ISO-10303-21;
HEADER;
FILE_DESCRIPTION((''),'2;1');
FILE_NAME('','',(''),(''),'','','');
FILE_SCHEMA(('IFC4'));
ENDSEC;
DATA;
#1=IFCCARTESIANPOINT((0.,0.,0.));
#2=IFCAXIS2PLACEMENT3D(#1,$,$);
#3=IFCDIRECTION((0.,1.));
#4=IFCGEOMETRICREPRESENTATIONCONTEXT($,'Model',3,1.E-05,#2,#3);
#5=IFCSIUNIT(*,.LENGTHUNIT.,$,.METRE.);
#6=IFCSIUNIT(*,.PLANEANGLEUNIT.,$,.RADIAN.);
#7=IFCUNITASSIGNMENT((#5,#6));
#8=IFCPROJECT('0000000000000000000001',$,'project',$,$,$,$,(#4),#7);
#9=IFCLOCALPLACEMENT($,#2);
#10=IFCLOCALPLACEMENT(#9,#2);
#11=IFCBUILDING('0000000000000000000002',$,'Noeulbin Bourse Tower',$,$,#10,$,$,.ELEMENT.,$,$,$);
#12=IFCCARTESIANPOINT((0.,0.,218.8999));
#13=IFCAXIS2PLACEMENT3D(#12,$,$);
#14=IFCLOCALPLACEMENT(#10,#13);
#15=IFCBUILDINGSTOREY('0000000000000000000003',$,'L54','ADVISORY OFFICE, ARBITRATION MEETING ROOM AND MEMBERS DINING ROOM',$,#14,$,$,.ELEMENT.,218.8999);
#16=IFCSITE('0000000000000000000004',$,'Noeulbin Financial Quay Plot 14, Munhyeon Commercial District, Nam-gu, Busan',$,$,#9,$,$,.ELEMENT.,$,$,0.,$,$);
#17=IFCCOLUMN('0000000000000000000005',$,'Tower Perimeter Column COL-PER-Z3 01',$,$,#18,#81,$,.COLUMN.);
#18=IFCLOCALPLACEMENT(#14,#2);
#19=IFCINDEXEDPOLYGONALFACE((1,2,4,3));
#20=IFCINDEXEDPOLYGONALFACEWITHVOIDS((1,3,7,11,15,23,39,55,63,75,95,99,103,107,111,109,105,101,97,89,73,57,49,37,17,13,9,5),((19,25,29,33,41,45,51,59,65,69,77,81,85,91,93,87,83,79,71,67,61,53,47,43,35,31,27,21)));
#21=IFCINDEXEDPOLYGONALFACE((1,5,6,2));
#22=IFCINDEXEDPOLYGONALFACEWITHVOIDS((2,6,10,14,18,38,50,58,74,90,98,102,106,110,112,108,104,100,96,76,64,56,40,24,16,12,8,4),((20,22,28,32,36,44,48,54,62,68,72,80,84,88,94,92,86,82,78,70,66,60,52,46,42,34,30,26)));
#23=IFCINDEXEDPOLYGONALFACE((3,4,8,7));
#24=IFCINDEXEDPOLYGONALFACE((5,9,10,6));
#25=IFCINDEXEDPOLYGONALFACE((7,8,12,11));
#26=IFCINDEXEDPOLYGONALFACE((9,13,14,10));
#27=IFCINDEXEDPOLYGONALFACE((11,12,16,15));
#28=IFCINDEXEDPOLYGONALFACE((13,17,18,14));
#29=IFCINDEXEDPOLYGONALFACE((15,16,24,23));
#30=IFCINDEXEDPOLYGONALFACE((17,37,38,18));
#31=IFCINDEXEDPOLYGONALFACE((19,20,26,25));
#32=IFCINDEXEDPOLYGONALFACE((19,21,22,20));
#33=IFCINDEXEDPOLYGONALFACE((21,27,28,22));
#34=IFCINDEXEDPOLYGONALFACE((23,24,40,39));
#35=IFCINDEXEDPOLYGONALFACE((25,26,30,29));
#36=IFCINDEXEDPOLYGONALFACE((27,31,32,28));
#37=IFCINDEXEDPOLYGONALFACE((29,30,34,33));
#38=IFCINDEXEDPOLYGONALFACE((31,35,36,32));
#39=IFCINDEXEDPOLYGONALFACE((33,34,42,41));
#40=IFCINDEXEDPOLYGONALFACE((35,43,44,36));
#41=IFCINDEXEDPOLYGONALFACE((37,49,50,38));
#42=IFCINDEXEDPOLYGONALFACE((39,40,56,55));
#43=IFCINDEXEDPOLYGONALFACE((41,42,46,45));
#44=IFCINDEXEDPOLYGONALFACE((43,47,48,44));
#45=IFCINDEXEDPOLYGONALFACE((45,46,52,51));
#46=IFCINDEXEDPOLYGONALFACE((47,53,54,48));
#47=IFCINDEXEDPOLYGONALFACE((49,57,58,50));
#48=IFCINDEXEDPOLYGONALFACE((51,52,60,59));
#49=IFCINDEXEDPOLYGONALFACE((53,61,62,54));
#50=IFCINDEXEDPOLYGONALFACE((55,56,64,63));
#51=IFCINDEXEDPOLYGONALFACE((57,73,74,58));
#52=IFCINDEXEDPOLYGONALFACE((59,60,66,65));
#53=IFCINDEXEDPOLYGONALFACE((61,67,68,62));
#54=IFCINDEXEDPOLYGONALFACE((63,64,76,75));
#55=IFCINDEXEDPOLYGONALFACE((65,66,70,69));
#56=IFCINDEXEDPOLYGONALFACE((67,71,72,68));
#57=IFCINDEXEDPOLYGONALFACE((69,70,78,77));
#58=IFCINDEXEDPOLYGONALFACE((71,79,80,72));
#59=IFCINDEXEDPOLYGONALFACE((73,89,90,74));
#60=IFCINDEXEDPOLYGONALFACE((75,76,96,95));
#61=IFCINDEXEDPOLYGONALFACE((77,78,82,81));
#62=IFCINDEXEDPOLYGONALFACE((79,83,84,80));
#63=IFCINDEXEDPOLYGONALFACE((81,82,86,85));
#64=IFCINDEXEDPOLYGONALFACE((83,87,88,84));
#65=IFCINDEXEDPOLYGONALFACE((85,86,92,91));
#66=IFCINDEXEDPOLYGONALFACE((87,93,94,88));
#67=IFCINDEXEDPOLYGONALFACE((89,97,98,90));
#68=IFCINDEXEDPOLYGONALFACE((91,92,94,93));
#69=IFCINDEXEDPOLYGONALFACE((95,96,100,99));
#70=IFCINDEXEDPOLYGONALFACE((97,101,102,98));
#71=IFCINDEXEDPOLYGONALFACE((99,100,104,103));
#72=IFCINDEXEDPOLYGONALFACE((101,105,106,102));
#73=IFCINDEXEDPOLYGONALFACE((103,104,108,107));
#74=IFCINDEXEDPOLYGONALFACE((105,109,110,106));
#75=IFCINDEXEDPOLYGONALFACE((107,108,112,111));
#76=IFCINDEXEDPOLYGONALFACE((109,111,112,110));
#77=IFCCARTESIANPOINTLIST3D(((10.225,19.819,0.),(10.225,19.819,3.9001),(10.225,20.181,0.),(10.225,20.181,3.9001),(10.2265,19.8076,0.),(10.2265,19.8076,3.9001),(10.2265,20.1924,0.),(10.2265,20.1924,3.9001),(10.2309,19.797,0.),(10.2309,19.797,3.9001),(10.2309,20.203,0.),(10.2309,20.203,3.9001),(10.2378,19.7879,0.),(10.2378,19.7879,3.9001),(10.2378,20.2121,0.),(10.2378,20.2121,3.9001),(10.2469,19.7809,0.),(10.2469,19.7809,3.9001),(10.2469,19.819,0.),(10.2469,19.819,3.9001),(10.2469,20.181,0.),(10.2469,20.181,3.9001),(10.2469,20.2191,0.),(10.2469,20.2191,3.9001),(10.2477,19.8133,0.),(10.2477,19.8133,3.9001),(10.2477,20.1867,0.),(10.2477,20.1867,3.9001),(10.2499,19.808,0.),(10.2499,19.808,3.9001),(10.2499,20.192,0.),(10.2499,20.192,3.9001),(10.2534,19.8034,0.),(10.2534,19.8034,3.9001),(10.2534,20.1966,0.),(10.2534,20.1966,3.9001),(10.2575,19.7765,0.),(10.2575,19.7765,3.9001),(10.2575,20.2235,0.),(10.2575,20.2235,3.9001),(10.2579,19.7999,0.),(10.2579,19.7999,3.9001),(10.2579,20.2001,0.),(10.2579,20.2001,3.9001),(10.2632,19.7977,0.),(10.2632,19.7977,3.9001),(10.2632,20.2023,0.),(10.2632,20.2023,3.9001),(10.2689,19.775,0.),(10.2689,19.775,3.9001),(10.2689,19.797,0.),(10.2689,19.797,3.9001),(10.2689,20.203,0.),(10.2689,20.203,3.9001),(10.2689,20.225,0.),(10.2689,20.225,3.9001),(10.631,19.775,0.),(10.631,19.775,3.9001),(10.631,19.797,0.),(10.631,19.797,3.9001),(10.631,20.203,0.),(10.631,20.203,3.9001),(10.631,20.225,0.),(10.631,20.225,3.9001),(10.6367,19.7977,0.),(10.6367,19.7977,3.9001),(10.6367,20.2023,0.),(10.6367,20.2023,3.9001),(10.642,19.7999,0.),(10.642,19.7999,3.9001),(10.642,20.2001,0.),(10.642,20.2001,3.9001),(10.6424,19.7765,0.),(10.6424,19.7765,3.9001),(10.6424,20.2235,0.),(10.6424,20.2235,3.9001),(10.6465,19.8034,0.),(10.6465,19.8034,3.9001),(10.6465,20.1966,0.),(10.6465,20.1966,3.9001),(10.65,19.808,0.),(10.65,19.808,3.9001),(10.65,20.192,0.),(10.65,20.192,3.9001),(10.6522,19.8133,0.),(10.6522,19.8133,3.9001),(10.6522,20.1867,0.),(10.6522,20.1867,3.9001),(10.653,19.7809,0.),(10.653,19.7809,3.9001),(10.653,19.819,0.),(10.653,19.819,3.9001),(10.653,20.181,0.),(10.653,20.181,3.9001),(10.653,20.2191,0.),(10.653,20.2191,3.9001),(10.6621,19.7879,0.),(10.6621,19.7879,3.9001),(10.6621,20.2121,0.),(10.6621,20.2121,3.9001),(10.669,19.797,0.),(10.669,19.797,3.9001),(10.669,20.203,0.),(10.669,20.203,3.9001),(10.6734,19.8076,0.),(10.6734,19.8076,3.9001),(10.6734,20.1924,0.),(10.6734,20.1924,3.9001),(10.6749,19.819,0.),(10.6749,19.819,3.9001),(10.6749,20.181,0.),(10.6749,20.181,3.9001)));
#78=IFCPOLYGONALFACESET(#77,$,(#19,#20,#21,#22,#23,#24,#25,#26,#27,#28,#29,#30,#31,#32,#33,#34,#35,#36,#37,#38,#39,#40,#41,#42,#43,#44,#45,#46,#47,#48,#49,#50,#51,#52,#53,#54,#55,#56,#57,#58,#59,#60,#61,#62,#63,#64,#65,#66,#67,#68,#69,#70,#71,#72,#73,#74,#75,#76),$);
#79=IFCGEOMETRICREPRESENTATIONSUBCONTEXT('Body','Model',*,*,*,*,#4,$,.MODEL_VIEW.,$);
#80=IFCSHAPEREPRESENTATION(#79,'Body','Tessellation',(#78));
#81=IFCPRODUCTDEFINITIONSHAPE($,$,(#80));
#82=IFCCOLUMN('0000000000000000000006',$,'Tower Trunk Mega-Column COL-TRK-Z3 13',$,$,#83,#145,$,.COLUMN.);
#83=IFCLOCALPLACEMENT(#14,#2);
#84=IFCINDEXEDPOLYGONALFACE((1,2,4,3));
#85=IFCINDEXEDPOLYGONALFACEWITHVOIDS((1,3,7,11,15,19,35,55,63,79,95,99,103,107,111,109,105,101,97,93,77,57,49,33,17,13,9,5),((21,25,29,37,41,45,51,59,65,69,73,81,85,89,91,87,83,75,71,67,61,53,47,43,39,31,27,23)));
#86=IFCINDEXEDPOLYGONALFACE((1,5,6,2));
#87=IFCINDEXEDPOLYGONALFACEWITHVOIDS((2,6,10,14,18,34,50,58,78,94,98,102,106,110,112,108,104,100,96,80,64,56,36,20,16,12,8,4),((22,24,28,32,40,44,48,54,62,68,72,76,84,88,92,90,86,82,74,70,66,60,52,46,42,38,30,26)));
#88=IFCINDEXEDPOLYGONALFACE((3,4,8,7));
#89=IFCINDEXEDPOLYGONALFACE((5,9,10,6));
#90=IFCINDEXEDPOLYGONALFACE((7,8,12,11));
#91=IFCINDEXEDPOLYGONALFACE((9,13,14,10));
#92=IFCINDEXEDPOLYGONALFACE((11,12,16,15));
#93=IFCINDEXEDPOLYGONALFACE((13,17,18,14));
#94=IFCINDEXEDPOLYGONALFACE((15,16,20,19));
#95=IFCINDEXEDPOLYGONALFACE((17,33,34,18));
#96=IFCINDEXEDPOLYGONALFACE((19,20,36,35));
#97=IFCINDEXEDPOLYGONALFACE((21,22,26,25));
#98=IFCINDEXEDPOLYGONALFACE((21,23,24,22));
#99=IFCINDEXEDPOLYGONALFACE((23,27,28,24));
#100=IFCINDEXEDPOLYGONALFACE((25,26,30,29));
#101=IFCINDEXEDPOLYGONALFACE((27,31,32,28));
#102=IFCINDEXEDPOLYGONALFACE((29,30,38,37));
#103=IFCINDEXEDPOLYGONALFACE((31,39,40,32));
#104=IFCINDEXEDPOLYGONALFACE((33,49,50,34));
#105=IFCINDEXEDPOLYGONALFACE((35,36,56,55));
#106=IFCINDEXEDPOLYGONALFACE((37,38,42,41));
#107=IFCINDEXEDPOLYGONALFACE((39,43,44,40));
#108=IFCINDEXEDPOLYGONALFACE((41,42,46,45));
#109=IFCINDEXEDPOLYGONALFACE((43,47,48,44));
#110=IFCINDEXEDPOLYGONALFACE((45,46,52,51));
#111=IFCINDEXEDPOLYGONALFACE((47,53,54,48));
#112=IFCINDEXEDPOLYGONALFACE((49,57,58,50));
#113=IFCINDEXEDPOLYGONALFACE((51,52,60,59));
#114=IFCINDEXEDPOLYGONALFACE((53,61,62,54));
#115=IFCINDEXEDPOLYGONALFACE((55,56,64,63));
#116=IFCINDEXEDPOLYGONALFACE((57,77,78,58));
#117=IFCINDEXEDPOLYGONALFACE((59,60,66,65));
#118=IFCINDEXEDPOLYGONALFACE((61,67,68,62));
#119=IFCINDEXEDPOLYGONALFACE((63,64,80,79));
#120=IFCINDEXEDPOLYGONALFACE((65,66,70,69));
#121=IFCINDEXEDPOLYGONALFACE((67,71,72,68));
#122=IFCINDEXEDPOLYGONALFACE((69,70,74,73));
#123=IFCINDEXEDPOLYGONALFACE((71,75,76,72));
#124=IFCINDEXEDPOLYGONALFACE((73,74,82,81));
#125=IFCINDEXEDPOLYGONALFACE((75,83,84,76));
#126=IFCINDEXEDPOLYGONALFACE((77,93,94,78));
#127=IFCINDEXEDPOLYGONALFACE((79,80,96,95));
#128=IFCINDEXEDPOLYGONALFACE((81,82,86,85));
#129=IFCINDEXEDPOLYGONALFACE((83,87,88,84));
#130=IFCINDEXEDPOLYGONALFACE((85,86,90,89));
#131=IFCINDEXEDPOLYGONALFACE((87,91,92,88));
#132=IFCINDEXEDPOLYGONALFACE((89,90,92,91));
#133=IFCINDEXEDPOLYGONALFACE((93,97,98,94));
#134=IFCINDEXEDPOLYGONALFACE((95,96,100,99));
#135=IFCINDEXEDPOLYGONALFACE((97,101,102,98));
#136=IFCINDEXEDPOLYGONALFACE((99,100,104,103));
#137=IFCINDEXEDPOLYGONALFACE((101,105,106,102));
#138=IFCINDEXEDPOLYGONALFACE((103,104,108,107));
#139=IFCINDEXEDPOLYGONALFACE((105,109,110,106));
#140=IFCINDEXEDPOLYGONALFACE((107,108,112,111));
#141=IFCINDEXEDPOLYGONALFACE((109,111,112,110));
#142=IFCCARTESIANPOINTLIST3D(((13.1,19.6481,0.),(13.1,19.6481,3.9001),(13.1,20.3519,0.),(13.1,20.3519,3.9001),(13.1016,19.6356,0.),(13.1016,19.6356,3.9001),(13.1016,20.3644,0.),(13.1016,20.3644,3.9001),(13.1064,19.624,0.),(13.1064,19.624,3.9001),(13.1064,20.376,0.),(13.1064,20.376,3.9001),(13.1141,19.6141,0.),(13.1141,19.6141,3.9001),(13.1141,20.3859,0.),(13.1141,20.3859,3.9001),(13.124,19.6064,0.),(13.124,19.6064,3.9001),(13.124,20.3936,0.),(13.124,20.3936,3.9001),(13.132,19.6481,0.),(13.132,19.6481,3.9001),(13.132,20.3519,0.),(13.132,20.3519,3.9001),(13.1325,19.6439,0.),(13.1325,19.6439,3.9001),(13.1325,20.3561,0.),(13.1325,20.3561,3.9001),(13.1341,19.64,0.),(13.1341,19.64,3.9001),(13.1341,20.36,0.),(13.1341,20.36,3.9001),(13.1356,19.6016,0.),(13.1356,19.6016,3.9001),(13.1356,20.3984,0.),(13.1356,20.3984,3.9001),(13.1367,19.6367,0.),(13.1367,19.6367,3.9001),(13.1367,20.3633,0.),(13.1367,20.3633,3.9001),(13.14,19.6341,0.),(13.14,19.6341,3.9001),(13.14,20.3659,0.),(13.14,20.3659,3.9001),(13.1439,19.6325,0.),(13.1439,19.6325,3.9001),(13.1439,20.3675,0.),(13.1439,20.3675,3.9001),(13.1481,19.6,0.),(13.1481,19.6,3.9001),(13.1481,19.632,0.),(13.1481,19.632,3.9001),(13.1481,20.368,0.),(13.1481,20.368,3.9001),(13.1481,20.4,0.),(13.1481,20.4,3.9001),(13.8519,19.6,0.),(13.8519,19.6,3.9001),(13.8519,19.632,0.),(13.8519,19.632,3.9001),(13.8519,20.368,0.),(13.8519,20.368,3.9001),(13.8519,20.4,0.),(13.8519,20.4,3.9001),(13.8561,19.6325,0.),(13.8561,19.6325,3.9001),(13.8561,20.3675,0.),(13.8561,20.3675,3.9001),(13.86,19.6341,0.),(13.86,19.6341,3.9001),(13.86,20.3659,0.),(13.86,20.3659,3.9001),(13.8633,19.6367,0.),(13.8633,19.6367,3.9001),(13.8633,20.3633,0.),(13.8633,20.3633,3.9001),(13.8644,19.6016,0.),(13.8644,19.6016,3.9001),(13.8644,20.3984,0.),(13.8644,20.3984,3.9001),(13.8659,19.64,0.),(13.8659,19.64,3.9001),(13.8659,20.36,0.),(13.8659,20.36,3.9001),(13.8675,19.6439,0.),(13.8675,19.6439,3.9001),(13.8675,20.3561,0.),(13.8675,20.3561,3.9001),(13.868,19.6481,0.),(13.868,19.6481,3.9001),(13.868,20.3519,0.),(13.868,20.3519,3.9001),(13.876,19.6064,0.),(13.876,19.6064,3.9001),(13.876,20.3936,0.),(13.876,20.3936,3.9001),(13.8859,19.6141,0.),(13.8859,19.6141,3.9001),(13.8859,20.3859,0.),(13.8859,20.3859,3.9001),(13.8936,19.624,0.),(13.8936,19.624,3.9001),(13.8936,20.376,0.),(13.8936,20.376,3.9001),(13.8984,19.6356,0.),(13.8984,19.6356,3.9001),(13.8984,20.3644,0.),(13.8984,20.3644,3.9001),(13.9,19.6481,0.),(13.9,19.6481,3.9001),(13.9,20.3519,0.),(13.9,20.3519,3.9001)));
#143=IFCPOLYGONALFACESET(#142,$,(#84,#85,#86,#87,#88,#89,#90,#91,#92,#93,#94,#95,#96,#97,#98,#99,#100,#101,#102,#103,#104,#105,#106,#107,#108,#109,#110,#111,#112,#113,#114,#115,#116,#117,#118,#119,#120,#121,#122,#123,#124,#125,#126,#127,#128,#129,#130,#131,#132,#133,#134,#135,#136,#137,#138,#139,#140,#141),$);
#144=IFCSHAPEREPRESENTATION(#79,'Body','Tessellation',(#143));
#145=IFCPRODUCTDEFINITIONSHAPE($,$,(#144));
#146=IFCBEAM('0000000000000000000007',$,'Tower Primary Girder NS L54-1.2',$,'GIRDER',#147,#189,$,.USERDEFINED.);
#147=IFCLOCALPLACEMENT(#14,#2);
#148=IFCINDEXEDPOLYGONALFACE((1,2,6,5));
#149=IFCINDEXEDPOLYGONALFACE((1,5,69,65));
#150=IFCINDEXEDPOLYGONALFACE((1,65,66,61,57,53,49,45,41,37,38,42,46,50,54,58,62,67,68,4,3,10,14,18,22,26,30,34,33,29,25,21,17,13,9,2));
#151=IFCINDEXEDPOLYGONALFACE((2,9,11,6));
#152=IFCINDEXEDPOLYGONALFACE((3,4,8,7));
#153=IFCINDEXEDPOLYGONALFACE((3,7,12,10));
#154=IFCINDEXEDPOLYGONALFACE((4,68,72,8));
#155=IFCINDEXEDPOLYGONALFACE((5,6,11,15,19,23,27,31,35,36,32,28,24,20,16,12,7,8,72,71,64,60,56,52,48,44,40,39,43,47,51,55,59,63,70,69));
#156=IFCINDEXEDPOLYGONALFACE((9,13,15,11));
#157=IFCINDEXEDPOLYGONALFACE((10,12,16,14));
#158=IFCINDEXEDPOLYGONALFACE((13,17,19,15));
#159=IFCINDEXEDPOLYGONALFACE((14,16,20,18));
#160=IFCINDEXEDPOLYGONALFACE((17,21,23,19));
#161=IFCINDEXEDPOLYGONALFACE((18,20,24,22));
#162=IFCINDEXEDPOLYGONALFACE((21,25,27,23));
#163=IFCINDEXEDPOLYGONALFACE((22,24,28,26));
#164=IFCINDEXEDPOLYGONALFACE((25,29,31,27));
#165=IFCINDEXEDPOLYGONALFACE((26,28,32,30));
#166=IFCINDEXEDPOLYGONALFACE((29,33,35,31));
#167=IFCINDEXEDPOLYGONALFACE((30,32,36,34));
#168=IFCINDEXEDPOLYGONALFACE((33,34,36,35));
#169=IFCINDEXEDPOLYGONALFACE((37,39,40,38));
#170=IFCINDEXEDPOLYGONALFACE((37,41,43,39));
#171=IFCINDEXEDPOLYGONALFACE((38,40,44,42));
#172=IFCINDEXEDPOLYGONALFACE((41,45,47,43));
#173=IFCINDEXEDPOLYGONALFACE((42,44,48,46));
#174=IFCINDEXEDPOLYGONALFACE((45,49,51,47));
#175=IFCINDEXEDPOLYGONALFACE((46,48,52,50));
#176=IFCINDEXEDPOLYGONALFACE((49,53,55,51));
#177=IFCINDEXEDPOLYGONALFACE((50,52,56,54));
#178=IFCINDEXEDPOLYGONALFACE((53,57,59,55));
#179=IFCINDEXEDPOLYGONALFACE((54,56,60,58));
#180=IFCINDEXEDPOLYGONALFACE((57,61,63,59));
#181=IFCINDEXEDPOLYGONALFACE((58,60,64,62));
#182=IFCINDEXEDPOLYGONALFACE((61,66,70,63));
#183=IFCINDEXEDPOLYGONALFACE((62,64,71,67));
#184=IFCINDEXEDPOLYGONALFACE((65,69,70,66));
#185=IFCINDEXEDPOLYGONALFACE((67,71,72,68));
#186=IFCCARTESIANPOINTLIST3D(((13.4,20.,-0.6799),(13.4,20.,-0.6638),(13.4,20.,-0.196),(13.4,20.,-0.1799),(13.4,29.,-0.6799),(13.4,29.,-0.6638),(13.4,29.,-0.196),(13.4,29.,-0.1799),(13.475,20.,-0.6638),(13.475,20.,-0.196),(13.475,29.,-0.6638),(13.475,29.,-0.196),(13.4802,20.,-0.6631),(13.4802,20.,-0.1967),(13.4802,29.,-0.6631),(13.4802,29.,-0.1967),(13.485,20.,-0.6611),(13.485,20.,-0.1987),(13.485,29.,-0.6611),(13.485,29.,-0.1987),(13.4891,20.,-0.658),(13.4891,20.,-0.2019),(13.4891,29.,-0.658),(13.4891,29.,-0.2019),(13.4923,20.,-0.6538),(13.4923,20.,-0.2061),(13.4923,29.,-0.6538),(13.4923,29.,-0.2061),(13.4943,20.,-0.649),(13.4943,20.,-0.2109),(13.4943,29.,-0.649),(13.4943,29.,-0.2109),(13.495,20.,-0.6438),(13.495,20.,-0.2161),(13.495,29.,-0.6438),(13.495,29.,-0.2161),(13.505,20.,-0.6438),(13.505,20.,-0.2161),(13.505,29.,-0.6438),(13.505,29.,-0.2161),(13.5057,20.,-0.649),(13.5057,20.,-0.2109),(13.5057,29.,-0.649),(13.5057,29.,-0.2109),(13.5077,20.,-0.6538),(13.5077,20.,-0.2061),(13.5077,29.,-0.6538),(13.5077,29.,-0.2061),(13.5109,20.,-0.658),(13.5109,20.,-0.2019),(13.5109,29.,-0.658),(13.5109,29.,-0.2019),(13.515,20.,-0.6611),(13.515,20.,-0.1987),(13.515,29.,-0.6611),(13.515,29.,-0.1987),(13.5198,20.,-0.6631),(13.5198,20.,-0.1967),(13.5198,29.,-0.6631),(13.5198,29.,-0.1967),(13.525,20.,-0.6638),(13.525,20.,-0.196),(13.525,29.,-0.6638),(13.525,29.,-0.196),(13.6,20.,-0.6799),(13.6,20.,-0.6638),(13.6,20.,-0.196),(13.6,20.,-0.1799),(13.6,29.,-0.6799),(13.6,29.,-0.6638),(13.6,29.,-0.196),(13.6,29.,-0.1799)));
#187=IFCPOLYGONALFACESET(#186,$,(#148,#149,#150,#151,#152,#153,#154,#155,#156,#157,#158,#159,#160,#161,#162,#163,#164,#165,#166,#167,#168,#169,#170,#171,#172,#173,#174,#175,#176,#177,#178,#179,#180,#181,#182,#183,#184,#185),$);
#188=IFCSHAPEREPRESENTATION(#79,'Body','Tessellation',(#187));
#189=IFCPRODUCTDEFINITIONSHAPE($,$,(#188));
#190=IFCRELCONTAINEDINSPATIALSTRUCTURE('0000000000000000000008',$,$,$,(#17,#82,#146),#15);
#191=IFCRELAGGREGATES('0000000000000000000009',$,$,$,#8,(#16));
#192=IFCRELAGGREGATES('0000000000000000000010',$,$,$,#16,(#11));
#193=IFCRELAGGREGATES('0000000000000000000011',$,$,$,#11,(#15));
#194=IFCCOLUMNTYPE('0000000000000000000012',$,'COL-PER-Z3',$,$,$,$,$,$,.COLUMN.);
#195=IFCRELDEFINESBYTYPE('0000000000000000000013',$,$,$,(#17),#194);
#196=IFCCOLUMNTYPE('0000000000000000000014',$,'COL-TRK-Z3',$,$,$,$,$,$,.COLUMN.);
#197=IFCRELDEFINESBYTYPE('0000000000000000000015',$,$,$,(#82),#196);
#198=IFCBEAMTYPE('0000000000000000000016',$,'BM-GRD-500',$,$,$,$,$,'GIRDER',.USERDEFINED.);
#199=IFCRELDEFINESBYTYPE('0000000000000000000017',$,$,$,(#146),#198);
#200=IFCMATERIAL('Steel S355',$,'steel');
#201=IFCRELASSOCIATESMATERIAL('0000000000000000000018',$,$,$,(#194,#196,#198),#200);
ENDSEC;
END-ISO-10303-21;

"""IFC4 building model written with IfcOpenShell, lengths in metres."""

from ifc_helpers import new_model, si_unit, direction, frame, origin, origin_2d, place, context, subcontext, project, spatial, hollow_rectangle, i_section, extrude, material, material_profile, profile_set, type_object, element, save


model = new_model("IFC4")

# Units and contexts
model_context = context("Model", 3, precision=1e-05, world=origin(), true_north=direction((0.0, 1.0)))
body_context = subcontext(model_context, "Body", "Model", "MODEL_VIEW")
ifc_project = project(units=[si_unit("LENGTHUNIT", "METRE"), si_unit("PLANEANGLEUNIT", "RADIAN")], contexts=[model_context])

# Site, building, storey
site_placement = place(None, origin())
site = spatial("IfcSite", under=ifc_project, at=site_placement, Name="Noeulbin Financial Quay Plot 14, Munhyeon Commercial District, Nam-gu, Busan", CompositionType="ELEMENT", RefElevation=0.0)
building_placement = place(site_placement, origin())
building = spatial("IfcBuilding", under=site, at=building_placement, Name="Noeulbin Bourse Tower", CompositionType="ELEMENT")
storey_placement = place(building_placement, frame((0.0, 0.0, 218.8999)))
storey = spatial("IfcBuildingStorey", under=building, at=storey_placement, Name="L54", Description="ADVISORY OFFICE, ARBITRATION MEETING ROOM AND MEMBERS DINING ROOM", CompositionType="ELEMENT", Elevation=218.8999)

# Columns
ifc_material_1 = material(Name="Steel S355", Category="steel")
ifc_material_profile_1 = material_profile(ifc_material_1, hollow_rectangle(XDim=0.45, YDim=0.45, WallThickness=0.022, InnerFilletRadius=0.022, OuterFilletRadius=0.0439, at=origin_2d()), Name="SHS-450x450x22", Category="LoadBearing")
ifc_profile_set_1 = profile_set([ifc_material_profile_1], Name="Steel S355")
column_type_1 = type_object("IfcColumnType", Name="COL-PER-Z3", PredefinedType="COLUMN", material=ifc_profile_set_1)
column_1_placement = place(storey_placement, frame((10.45, 20.0, 0.0), z_axis=(0.0, 0.0, 1.0), x_axis=(1.0, 0.0, 0.0)))
element("IfcColumn", 1, at=column_1_placement, inside=storey, type_object=column_type_1, Name="Tower Perimeter Column COL-PER-Z3 01", PredefinedType="COLUMN", context=body_context, shape_type="SweptSolid", body=[
    extrude(hollow_rectangle(XDim=0.45, YDim=0.45, WallThickness=0.022, InnerFilletRadius=0.022, OuterFilletRadius=0.0439, at=origin_2d()), origin(), (0.0, 0.0, 1.0), 3.9001),
])
ifc_material_profile_2 = material_profile(ifc_material_1, hollow_rectangle(XDim=0.8, YDim=0.8, WallThickness=0.032, InnerFilletRadius=0.0161, OuterFilletRadius=0.0481, at=origin_2d()), Name="BOX-800x800x32", Category="LoadBearing")
ifc_profile_set_2 = profile_set([ifc_material_profile_2], Name="Steel S355")
column_type_2 = type_object("IfcColumnType", Name="COL-TRK-Z3", PredefinedType="COLUMN", material=ifc_profile_set_2)
column_2_placement = place(storey_placement, frame((13.5, 20.0, 0.0), z_axis=(0.0, 0.0, 1.0), x_axis=(1.0, 0.0, 0.0)))
element("IfcColumn", 2, at=column_2_placement, inside=storey, type_object=column_type_2, Name="Tower Trunk Mega-Column COL-TRK-Z3 13", PredefinedType="COLUMN", context=body_context, shape_type="SweptSolid", body=[
    extrude(hollow_rectangle(XDim=0.8, YDim=0.8, WallThickness=0.032, InnerFilletRadius=0.0161, OuterFilletRadius=0.0481, at=origin_2d()), origin(), (0.0, 0.0, 1.0), 3.9001),
])

# Beam
ifc_material_profile_3 = material_profile(ifc_material_1, i_section(OverallWidth=0.2, OverallDepth=0.5, WebThickness=0.01, FlangeThickness=0.0161, FilletRadius=0.02, at=origin_2d()), Name="H-500x200x10x16", Category="LoadBearing")
ifc_profile_set_3 = profile_set([ifc_material_profile_3], Name="Steel S355")
beam_type_1 = type_object("IfcBeamType", Name="BM-GRD-500", ElementType="GIRDER", PredefinedType="USERDEFINED", material=ifc_profile_set_3)
beam_1_placement = place(storey_placement, frame((13.5, 20.0, -0.4299), z_axis=(0.0, 1.0, 0.0), x_axis=(-1.0, 0.0, 0.0)))
element("IfcBeam", 3, at=beam_1_placement, inside=storey, type_object=beam_type_1, Name="Tower Primary Girder NS L54-1.2", ObjectType="GIRDER", PredefinedType="USERDEFINED", context=body_context, shape_type="SweptSolid", body=[
    extrude(i_section(OverallWidth=0.2, OverallDepth=0.5, WebThickness=0.01, FlangeThickness=0.0161, FilletRadius=0.02, at=origin_2d()), origin(), (0.0, 0.0, 1.0), 9.0),
])

save(model, "model.ifc")
